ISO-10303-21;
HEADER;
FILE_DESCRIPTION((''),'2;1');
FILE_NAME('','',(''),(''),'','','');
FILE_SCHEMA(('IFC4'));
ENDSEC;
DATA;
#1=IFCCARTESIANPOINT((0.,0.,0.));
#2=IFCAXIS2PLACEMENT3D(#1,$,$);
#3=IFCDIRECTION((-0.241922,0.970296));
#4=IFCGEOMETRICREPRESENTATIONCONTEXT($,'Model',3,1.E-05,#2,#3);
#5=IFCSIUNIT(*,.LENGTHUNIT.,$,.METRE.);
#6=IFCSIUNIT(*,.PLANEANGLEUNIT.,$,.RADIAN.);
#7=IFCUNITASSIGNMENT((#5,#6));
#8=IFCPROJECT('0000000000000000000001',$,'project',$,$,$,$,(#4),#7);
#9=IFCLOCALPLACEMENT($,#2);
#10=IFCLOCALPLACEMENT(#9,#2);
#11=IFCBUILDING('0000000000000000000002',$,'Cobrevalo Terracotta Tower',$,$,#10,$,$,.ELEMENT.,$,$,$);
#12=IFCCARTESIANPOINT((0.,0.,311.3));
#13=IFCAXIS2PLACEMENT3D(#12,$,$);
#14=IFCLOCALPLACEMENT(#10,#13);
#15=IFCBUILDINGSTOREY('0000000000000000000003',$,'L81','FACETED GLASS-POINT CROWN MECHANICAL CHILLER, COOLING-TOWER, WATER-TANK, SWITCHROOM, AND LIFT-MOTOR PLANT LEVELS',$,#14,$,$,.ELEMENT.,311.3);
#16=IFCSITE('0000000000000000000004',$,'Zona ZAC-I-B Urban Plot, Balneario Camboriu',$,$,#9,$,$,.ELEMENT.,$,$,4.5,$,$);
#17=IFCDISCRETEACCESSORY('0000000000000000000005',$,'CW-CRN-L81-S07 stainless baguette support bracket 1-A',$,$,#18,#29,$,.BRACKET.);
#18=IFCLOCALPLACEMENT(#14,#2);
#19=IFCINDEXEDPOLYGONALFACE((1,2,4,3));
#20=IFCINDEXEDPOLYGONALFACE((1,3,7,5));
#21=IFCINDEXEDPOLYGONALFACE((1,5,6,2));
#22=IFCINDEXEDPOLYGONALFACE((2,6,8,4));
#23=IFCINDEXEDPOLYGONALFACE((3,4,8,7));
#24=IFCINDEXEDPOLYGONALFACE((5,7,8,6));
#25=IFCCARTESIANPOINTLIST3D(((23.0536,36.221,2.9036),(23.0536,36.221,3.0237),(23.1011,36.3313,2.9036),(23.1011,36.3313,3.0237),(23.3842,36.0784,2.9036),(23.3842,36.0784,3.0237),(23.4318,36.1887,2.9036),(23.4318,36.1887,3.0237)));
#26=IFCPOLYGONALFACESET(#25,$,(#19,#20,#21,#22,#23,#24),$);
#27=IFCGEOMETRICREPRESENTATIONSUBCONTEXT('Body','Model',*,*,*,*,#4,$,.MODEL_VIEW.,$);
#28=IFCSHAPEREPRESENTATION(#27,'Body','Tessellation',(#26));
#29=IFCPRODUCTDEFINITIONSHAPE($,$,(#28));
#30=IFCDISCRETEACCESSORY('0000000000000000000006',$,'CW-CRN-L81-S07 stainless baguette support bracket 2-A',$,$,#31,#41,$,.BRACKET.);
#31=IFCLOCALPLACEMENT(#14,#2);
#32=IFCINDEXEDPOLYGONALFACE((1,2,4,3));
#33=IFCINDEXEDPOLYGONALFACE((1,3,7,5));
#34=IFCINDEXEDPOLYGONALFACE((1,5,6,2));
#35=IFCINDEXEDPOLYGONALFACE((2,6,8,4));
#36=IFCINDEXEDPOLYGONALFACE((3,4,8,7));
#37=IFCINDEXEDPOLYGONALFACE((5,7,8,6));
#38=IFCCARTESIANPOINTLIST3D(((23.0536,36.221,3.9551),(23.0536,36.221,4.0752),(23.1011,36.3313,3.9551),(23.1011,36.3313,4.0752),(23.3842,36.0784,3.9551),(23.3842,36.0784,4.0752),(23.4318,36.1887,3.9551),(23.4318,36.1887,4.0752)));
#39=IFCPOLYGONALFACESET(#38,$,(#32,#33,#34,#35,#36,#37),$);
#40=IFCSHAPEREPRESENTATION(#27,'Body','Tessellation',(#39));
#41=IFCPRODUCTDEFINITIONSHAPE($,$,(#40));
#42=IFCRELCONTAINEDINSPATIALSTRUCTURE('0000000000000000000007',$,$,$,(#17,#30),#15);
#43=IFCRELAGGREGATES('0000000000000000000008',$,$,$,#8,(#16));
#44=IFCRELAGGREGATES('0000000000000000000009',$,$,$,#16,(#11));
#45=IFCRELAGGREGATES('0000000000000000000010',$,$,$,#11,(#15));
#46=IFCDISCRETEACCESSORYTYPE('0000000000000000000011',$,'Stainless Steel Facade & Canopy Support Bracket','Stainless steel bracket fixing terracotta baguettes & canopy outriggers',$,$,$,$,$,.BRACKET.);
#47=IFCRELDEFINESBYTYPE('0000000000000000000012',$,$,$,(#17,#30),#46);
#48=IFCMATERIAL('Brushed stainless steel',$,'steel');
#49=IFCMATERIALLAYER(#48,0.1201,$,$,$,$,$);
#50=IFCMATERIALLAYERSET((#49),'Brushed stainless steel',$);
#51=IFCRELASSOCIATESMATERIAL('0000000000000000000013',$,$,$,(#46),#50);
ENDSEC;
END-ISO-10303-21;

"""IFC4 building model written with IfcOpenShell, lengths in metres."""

from ifc_helpers import new_model, si_unit, direction, frame, origin, origin_2d, place, context, subcontext, project, spatial, rectangle, extrude, source, transform, mapped, material, layer, layer_set, type_object, element, save


model = new_model("IFC4")

# Units and contexts
model_context = context("Model", 3, precision=1e-05, world=origin(), true_north=direction((-0.241922, 0.970296)))
body_context = subcontext(model_context, "Body", "Model", "MODEL_VIEW")
ifc_project = project(units=[si_unit("LENGTHUNIT", "METRE"), si_unit("PLANEANGLEUNIT", "RADIAN")], contexts=[model_context])

# Site, building, storey
site_placement = place(None, origin())
site = spatial("IfcSite", under=ifc_project, at=site_placement, Name="Zona ZAC-I-B Urban Plot, Balneario Camboriu", CompositionType="ELEMENT", RefElevation=4.5)
building_placement = place(site_placement, origin())
building = spatial("IfcBuilding", under=site, at=building_placement, Name="Cobrevalo Terracotta Tower", CompositionType="ELEMENT")
storey_placement = place(building_placement, frame((0.0, 0.0, 311.3)))
storey = spatial("IfcBuildingStorey", under=building, at=storey_placement, Name="L81", Description="FACETED GLASS-POINT CROWN MECHANICAL CHILLER, COOLING-TOWER, WATER-TANK, SWITCHROOM, AND LIFT-MOTOR PLANT LEVELS", CompositionType="ELEMENT", Elevation=311.3)

# Discrete accessories
ifc_material_1 = material(Name="Brushed stainless steel", Category="steel")
ifc_layer_1 = layer(ifc_material_1, 0.1201)
ifc_layer_set_1 = layer_set([ifc_layer_1], Name="Brushed stainless steel")
discrete_accessory_type = type_object("IfcDiscreteAccessoryType", Name="Stainless Steel Facade & Canopy Support Bracket", Description="Stainless steel bracket fixing terracotta baguettes & canopy outriggers", PredefinedType="BRACKET", material=ifc_layer_set_1)
shared_shape_1 = source(origin(), body_context, "Body", "SweptSolid", [
    extrude(rectangle(XDim=0.1201, YDim=0.3601, at=origin_2d()), origin(), (0.0, 0.0, 1.0), 0.1201),
])
for number, where, z_axis, x_axis, name in (
    (1, (23.2427, 36.2048, 2.9036), (0.0, 0.0, 1.0), (-0.396066, -0.918222, 0.0), "CW-CRN-L81-S07 stainless baguette support bracket 1-A"),
    (2, (23.2427, 36.2048, 3.9551), (0.0, 0.0, 1.0), (-0.396066, -0.918222, 0.0), "CW-CRN-L81-S07 stainless baguette support bracket 2-A"),
):
    element("IfcDiscreteAccessory", number, at=place(storey_placement, frame(where, z_axis=z_axis, x_axis=x_axis)), inside=storey, type_object=discrete_accessory_type, Name=name, PredefinedType="BRACKET", context=body_context, shape_type="MappedRepresentation", body=[
        mapped(shared_shape_1, transform((0.0, 0.0, 0.0), scale=1.0)),
    ])

save(model, "model.ifc")
